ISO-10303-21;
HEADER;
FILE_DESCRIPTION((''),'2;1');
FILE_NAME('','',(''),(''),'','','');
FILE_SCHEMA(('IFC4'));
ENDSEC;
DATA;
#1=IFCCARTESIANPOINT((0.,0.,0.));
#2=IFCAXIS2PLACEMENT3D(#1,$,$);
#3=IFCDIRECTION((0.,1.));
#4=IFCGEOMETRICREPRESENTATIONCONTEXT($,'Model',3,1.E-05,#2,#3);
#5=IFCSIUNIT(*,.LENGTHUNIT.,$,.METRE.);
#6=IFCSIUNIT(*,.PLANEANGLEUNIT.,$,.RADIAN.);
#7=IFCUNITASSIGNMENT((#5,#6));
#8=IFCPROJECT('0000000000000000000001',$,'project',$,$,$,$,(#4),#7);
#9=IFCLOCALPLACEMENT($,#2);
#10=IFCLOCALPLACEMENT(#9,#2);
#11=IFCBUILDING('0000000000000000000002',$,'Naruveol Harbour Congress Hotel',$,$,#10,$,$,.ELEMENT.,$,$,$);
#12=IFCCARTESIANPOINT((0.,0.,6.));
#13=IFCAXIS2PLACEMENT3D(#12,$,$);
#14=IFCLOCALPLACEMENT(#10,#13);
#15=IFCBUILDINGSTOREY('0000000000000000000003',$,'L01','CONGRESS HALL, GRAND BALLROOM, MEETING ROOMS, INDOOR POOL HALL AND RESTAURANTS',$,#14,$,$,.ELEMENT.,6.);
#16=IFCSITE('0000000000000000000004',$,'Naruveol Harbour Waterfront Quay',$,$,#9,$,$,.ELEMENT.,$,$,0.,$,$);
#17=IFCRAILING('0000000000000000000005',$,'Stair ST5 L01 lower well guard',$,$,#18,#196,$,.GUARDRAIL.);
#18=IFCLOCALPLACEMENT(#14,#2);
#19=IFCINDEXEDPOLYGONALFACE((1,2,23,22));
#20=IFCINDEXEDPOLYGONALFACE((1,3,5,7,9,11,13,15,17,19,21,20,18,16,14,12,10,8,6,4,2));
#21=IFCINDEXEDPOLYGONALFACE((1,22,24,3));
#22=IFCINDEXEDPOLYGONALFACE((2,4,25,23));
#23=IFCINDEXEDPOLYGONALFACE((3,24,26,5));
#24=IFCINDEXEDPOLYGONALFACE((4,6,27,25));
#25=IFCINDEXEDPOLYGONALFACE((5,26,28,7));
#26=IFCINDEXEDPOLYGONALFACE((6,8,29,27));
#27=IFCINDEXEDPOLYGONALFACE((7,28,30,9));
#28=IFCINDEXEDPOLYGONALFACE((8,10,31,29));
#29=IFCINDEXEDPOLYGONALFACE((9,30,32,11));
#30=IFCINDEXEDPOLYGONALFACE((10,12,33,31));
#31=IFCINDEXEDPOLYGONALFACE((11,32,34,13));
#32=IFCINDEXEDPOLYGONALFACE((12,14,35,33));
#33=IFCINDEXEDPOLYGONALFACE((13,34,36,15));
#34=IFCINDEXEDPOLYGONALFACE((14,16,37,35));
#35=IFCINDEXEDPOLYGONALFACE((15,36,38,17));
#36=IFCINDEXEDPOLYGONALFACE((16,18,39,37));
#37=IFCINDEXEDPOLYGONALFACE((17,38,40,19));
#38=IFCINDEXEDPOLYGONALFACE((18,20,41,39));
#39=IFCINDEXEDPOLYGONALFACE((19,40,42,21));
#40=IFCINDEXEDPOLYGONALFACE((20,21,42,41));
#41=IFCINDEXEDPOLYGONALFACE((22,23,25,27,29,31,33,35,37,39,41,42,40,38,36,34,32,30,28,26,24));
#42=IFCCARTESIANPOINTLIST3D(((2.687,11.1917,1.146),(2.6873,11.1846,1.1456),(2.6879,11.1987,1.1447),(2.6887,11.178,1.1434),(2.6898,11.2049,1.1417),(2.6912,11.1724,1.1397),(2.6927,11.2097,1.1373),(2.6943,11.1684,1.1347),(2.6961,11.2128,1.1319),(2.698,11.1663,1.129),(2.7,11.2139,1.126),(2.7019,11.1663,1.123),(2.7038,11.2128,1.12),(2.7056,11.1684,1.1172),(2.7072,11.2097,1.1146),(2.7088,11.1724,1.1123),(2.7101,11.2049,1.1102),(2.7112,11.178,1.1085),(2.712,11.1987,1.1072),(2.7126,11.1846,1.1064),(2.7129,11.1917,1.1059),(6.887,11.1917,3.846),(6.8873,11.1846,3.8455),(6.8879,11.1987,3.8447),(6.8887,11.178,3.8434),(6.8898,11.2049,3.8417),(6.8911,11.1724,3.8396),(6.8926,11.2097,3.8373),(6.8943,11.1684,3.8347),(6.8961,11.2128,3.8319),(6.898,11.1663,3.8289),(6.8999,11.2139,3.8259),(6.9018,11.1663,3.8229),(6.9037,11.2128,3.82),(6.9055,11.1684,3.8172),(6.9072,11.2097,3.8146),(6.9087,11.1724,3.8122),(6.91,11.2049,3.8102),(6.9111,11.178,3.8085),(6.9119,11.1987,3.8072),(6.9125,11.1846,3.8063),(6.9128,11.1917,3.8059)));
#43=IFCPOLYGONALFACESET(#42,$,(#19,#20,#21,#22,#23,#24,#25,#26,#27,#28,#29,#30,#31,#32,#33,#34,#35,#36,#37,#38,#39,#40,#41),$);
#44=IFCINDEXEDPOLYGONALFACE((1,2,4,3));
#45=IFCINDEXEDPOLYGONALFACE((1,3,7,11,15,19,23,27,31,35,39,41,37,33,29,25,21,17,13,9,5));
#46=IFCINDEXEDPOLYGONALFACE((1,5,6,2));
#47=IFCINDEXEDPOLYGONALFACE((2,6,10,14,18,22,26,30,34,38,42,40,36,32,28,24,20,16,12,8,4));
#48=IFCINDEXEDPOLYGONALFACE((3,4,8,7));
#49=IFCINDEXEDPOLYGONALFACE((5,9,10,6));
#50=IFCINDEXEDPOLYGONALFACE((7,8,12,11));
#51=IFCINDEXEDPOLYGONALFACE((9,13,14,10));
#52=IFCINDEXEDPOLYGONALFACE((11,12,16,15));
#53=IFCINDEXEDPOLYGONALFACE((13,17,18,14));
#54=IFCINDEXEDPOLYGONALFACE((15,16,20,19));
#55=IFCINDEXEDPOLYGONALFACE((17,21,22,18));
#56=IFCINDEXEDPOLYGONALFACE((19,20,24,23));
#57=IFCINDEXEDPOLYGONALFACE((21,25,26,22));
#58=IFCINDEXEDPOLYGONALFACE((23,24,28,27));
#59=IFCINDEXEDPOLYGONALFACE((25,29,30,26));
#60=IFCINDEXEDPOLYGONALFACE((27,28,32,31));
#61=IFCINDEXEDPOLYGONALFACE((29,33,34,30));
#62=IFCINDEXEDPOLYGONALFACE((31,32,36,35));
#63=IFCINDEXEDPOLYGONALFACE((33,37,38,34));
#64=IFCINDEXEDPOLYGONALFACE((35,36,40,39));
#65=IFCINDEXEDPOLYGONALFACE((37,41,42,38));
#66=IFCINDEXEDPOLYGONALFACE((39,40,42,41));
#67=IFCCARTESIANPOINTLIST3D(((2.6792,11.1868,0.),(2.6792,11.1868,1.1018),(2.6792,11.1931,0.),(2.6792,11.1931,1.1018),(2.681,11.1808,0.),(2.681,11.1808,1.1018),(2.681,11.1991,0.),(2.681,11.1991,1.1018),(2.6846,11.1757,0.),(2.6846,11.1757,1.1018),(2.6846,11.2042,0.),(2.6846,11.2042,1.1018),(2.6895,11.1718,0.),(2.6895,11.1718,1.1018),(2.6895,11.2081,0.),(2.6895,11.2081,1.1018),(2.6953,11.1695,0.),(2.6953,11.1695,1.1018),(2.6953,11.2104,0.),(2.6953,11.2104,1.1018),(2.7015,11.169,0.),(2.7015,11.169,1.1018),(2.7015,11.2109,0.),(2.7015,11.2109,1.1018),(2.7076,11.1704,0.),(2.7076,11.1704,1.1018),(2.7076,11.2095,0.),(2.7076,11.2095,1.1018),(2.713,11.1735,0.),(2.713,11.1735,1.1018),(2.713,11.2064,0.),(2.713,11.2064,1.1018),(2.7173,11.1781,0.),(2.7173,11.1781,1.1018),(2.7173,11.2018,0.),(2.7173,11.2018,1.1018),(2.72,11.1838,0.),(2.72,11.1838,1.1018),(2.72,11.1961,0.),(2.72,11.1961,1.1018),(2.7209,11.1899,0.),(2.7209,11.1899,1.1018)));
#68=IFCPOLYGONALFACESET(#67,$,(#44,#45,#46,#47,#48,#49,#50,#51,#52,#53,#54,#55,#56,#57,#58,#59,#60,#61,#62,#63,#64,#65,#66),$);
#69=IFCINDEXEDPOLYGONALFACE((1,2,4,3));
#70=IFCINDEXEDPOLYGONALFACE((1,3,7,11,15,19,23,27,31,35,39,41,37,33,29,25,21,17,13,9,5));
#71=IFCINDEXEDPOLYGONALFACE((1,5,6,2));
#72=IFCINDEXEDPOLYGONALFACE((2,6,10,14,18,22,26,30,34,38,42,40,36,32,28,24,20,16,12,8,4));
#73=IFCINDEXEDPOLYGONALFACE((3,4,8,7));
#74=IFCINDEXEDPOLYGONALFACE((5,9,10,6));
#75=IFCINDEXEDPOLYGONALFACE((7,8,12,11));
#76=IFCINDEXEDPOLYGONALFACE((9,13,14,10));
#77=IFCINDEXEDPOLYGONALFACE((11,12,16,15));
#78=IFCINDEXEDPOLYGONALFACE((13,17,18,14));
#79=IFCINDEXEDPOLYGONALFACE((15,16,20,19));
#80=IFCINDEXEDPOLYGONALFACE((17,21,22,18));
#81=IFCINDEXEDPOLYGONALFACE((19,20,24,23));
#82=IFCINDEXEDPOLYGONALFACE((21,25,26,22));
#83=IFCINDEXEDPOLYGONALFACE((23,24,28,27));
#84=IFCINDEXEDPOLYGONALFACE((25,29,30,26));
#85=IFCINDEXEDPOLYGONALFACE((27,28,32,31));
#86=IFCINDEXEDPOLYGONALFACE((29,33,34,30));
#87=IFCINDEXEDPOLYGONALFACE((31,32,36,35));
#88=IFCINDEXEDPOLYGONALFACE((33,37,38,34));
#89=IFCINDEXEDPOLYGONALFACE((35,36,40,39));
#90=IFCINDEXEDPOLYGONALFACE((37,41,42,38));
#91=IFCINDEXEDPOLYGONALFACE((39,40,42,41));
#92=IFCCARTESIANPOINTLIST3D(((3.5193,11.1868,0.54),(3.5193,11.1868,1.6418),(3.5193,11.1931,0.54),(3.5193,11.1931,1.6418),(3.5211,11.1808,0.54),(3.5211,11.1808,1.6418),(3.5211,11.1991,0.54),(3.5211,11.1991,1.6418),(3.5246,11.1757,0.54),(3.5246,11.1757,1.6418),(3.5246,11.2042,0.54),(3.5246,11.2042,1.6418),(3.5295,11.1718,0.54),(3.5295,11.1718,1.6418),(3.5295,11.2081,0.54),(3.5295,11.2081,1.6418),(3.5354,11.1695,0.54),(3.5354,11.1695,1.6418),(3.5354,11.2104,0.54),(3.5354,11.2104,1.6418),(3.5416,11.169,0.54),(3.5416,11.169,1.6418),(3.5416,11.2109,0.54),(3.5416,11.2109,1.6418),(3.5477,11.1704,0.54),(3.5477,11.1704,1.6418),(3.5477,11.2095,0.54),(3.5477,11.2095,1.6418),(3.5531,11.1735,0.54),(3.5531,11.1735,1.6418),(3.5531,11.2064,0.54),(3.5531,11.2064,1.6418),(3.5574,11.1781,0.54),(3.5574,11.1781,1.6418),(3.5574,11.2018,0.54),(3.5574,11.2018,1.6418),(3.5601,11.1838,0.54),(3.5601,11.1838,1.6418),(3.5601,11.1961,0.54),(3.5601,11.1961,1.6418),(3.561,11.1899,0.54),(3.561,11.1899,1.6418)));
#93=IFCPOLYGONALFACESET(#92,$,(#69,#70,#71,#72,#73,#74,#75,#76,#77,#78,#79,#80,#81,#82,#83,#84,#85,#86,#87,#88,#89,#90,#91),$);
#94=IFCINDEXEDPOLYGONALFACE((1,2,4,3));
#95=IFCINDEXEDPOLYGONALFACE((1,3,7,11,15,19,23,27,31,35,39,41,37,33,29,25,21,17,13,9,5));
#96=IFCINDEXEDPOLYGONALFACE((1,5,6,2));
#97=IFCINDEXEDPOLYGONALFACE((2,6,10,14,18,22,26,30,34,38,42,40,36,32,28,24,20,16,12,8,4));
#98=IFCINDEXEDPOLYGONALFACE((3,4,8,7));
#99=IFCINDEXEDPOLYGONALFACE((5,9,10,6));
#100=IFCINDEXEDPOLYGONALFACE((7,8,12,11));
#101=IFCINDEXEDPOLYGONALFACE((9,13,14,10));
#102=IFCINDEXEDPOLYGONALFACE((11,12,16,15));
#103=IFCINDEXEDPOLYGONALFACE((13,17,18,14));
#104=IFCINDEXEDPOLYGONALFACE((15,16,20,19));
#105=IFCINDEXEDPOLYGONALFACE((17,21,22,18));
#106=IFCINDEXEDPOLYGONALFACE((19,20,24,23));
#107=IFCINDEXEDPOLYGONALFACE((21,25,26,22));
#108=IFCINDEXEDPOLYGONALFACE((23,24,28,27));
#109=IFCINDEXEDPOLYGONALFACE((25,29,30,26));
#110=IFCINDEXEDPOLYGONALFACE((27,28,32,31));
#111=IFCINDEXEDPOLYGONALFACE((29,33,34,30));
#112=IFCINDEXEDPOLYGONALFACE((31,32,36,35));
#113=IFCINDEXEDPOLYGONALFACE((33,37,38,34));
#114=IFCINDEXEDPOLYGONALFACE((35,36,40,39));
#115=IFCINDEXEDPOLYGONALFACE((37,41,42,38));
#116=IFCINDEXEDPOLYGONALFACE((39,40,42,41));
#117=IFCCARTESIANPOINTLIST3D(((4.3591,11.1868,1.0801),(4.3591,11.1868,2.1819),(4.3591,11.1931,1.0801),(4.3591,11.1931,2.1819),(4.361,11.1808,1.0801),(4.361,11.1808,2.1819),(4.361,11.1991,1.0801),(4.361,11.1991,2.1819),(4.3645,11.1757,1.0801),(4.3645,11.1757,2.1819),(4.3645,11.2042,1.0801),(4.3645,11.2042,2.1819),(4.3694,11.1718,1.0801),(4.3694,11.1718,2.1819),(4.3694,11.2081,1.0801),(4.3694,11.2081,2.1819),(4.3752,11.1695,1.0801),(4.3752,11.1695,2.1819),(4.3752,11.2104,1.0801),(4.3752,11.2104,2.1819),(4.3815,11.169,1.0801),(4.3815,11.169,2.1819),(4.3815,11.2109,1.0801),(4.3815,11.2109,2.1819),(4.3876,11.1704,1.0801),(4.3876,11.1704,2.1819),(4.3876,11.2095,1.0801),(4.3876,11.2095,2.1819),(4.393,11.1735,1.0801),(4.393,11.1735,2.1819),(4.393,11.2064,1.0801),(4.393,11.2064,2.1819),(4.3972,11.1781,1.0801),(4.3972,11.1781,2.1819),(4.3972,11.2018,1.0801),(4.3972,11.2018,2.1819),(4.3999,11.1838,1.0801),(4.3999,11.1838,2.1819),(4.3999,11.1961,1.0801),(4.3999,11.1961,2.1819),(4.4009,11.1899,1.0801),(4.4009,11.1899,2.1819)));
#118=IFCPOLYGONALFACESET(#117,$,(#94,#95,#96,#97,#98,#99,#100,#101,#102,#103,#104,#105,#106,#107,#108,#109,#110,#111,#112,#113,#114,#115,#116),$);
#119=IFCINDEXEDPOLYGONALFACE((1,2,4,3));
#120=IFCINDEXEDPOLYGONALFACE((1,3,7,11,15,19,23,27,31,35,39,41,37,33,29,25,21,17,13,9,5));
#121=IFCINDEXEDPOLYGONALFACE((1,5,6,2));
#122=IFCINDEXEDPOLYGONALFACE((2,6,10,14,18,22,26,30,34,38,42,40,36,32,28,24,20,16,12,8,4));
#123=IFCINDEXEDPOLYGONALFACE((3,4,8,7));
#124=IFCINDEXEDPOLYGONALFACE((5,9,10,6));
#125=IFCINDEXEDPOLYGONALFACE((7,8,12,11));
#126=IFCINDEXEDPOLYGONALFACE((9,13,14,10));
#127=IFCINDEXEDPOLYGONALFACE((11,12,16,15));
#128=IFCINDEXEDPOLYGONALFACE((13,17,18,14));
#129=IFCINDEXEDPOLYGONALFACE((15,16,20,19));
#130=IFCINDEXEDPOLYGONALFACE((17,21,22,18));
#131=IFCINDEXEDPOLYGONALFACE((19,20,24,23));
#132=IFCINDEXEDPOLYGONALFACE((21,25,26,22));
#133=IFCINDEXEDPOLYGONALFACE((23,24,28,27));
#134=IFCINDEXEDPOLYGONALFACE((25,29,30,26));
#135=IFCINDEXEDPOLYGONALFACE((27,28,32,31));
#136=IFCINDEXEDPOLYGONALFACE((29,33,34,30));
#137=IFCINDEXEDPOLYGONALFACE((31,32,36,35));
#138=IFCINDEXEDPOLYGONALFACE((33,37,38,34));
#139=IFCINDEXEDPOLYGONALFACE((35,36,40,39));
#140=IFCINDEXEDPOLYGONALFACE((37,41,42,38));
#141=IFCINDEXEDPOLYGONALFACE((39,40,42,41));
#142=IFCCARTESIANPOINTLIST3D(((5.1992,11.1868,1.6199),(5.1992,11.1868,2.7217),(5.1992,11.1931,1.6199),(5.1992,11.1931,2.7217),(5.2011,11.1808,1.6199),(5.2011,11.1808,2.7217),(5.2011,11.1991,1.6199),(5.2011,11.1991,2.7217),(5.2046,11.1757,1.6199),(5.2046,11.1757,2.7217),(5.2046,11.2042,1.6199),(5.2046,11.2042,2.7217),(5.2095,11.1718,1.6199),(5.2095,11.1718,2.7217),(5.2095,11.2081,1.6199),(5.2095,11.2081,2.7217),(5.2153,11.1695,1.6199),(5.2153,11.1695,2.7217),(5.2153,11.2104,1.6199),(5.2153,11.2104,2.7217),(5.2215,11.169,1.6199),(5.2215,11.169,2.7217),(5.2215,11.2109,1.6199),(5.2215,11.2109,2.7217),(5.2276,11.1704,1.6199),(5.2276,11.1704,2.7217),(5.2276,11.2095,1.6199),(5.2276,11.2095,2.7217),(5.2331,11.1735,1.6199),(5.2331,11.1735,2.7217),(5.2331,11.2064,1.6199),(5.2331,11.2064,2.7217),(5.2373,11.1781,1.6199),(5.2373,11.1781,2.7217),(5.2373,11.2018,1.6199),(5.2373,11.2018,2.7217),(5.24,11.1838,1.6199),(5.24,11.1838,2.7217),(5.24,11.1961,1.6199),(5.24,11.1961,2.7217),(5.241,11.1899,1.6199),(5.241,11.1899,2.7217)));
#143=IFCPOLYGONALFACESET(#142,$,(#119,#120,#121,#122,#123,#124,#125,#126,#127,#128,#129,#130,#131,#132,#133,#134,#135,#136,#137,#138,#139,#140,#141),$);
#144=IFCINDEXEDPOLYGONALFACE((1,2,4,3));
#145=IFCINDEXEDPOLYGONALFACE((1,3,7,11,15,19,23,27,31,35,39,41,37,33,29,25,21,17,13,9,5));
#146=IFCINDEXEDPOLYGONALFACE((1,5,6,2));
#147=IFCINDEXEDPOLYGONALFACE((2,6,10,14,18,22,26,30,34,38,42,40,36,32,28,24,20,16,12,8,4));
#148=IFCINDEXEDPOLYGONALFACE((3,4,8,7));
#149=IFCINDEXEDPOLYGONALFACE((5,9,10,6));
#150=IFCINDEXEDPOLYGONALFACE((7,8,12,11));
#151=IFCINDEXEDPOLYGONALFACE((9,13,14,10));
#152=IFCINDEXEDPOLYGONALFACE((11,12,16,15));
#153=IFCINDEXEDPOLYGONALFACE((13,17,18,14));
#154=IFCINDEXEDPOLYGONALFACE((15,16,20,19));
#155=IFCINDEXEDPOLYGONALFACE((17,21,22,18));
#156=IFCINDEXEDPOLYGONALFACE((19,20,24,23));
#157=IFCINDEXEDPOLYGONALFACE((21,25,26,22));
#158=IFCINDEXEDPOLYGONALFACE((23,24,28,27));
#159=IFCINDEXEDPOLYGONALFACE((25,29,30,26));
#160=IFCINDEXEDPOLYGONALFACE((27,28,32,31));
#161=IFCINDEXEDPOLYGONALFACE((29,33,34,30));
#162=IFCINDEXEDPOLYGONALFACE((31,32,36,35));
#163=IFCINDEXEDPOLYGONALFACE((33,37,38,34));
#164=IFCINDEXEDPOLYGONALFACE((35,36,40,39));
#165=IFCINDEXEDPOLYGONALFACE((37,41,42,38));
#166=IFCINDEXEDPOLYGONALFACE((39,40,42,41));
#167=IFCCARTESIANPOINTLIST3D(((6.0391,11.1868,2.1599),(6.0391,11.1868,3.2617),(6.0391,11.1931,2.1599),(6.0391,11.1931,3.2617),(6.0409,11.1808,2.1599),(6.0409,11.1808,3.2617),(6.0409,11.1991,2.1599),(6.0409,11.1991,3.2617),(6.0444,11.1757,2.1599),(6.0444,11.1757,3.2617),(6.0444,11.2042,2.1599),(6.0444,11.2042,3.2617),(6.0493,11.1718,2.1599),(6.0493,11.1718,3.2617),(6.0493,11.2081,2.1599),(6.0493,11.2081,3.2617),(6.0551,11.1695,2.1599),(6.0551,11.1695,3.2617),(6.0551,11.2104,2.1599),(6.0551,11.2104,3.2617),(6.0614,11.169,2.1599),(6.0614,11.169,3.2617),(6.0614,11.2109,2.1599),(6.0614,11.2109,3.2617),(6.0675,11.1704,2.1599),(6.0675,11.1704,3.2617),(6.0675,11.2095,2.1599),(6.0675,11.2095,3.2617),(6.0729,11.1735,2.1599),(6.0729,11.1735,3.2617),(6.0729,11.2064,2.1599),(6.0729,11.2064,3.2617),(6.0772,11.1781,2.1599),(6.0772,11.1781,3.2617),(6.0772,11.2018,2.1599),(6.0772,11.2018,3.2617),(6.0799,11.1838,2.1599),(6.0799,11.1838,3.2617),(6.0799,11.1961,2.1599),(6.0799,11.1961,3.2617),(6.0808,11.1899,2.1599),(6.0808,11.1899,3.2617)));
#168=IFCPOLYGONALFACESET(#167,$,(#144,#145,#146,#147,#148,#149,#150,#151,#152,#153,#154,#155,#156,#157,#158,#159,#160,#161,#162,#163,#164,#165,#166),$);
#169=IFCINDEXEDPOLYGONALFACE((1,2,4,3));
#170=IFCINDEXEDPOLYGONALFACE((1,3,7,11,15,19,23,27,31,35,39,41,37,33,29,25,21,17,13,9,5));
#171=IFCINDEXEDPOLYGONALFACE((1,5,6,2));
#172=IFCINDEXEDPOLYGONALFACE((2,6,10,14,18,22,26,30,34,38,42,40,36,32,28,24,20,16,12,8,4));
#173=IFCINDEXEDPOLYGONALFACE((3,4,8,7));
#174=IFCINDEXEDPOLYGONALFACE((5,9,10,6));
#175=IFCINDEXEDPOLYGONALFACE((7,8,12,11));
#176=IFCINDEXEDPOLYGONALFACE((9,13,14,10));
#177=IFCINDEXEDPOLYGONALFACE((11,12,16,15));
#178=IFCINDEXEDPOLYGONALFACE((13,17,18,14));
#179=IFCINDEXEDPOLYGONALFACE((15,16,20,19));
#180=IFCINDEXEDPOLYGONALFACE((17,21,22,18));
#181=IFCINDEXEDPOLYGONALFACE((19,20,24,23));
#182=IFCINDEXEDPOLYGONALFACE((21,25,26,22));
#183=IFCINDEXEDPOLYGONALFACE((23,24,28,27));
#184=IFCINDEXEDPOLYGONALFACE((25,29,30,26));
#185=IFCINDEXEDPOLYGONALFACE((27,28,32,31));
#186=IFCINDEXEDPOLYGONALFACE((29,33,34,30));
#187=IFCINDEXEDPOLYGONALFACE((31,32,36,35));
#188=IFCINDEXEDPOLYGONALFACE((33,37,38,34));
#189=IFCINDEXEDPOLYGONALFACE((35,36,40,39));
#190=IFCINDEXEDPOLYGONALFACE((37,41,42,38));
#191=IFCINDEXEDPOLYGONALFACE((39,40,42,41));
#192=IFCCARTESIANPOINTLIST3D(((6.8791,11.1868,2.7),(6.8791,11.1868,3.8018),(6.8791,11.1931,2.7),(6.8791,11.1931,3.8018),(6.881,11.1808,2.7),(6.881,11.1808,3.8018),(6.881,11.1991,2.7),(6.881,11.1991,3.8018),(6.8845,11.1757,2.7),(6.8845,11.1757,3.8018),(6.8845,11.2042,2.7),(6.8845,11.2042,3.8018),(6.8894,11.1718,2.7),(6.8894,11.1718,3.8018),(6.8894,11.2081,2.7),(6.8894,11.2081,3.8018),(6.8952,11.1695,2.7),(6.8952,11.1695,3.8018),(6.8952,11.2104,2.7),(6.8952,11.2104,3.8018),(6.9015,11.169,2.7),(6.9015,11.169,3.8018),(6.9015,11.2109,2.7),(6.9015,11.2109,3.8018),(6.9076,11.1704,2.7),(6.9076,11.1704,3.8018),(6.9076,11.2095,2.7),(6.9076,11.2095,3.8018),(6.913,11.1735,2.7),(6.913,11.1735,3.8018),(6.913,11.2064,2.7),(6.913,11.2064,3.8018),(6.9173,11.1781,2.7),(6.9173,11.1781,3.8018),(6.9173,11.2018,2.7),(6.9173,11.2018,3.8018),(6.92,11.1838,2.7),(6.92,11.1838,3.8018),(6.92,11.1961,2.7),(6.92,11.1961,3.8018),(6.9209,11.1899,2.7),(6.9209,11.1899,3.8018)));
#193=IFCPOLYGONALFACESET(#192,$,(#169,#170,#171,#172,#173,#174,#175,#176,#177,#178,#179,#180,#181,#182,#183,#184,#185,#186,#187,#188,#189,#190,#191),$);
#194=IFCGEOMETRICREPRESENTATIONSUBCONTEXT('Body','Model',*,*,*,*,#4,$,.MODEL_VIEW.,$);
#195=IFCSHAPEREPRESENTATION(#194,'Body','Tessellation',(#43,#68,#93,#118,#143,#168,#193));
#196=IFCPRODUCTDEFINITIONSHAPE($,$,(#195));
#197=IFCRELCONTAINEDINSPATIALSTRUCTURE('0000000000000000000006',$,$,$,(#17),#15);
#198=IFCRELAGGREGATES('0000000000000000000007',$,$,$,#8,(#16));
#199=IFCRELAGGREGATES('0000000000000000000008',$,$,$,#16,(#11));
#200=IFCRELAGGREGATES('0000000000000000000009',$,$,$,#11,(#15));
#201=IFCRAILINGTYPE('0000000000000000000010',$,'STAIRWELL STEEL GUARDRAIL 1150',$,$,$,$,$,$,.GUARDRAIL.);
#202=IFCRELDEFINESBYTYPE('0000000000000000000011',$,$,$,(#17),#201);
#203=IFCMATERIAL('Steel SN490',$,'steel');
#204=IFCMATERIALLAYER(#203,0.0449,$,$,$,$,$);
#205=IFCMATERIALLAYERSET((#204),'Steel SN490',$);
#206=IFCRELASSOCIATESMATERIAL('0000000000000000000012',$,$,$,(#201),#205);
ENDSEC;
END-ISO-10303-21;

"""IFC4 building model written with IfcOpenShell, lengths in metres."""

from ifc_helpers import new_model, si_unit, direction, frame, origin, origin_2d, place, context, subcontext, project, spatial, circle, extrude, material, layer, layer_set, type_object, element, save


model = new_model("IFC4")

# Units and contexts
model_context = context("Model", 3, precision=1e-05, world=origin(), true_north=direction((0.0, 1.0)))
body_context = subcontext(model_context, "Body", "Model", "MODEL_VIEW")
ifc_project = project(units=[si_unit("LENGTHUNIT", "METRE"), si_unit("PLANEANGLEUNIT", "RADIAN")], contexts=[model_context])

# Site, building, storey
site_placement = place(None, origin())
site = spatial("IfcSite", under=ifc_project, at=site_placement, Name="Naruveol Harbour Waterfront Quay", CompositionType="ELEMENT", RefElevation=0.0)
building_placement = place(site_placement, origin())
building = spatial("IfcBuilding", under=site, at=building_placement, Name="Naruveol Harbour Congress Hotel", CompositionType="ELEMENT")
storey_placement = place(building_placement, frame((0.0, 0.0, 6.0)))
storey = spatial("IfcBuildingStorey", under=building, at=storey_placement, Name="L01", Description="CONGRESS HALL, GRAND BALLROOM, MEETING ROOMS, INDOOR POOL HALL AND RESTAURANTS", CompositionType="ELEMENT", Elevation=6.0)

# Railing
ifc_material_1 = material(Name="Steel SN490", Category="steel")
ifc_layer_1 = layer(ifc_material_1, 0.0449)
ifc_layer_set_1 = layer_set([ifc_layer_1], Name="Steel SN490")
railing_type_1 = type_object("IfcRailingType", Name="STAIRWELL STEEL GUARDRAIL 1150", PredefinedType="GUARDRAIL", material=ifc_layer_set_1)
railing_1_placement = place(storey_placement, frame((2.7, 11.1899, 0.0)))
element("IfcRailing", 1, at=railing_1_placement, inside=storey, type_object=railing_type_1, Name="Stair ST5 L01 lower well guard", PredefinedType="GUARDRAIL", context=body_context, shape_type="SweptSolid", body=[
    extrude(circle(Radius=0.0239, at=origin_2d()), frame((0.0, 0.0, 1.126), z_axis=(0.84118, 0.0, 0.540755), x_axis=(0.0, 1.0, 0.0)), (0.0, 0.0, 1.0), 4.9929),
    extrude(circle(Radius=0.021, at=origin_2d()), origin(), (0.0, 0.0, 1.0), 1.1018),
    extrude(circle(Radius=0.021, at=origin_2d()), frame((0.8401, 0.0, 0.54)), (0.0, 0.0, 1.0), 1.1018),
    extrude(circle(Radius=0.021, at=origin_2d()), frame((1.6799, 0.0, 1.0801)), (0.0, 0.0, 1.0), 1.1018),
    extrude(circle(Radius=0.021, at=origin_2d()), frame((2.52, 0.0, 1.6199)), (0.0, 0.0, 1.0), 1.1018),
    extrude(circle(Radius=0.021, at=origin_2d()), frame((3.3599, 0.0, 2.1599)), (0.0, 0.0, 1.0), 1.1018),
    extrude(circle(Radius=0.021, at=origin_2d()), frame((4.2, 0.0, 2.7)), (0.0, 0.0, 1.0), 1.1018),
])

save(model, "model.ifc")
